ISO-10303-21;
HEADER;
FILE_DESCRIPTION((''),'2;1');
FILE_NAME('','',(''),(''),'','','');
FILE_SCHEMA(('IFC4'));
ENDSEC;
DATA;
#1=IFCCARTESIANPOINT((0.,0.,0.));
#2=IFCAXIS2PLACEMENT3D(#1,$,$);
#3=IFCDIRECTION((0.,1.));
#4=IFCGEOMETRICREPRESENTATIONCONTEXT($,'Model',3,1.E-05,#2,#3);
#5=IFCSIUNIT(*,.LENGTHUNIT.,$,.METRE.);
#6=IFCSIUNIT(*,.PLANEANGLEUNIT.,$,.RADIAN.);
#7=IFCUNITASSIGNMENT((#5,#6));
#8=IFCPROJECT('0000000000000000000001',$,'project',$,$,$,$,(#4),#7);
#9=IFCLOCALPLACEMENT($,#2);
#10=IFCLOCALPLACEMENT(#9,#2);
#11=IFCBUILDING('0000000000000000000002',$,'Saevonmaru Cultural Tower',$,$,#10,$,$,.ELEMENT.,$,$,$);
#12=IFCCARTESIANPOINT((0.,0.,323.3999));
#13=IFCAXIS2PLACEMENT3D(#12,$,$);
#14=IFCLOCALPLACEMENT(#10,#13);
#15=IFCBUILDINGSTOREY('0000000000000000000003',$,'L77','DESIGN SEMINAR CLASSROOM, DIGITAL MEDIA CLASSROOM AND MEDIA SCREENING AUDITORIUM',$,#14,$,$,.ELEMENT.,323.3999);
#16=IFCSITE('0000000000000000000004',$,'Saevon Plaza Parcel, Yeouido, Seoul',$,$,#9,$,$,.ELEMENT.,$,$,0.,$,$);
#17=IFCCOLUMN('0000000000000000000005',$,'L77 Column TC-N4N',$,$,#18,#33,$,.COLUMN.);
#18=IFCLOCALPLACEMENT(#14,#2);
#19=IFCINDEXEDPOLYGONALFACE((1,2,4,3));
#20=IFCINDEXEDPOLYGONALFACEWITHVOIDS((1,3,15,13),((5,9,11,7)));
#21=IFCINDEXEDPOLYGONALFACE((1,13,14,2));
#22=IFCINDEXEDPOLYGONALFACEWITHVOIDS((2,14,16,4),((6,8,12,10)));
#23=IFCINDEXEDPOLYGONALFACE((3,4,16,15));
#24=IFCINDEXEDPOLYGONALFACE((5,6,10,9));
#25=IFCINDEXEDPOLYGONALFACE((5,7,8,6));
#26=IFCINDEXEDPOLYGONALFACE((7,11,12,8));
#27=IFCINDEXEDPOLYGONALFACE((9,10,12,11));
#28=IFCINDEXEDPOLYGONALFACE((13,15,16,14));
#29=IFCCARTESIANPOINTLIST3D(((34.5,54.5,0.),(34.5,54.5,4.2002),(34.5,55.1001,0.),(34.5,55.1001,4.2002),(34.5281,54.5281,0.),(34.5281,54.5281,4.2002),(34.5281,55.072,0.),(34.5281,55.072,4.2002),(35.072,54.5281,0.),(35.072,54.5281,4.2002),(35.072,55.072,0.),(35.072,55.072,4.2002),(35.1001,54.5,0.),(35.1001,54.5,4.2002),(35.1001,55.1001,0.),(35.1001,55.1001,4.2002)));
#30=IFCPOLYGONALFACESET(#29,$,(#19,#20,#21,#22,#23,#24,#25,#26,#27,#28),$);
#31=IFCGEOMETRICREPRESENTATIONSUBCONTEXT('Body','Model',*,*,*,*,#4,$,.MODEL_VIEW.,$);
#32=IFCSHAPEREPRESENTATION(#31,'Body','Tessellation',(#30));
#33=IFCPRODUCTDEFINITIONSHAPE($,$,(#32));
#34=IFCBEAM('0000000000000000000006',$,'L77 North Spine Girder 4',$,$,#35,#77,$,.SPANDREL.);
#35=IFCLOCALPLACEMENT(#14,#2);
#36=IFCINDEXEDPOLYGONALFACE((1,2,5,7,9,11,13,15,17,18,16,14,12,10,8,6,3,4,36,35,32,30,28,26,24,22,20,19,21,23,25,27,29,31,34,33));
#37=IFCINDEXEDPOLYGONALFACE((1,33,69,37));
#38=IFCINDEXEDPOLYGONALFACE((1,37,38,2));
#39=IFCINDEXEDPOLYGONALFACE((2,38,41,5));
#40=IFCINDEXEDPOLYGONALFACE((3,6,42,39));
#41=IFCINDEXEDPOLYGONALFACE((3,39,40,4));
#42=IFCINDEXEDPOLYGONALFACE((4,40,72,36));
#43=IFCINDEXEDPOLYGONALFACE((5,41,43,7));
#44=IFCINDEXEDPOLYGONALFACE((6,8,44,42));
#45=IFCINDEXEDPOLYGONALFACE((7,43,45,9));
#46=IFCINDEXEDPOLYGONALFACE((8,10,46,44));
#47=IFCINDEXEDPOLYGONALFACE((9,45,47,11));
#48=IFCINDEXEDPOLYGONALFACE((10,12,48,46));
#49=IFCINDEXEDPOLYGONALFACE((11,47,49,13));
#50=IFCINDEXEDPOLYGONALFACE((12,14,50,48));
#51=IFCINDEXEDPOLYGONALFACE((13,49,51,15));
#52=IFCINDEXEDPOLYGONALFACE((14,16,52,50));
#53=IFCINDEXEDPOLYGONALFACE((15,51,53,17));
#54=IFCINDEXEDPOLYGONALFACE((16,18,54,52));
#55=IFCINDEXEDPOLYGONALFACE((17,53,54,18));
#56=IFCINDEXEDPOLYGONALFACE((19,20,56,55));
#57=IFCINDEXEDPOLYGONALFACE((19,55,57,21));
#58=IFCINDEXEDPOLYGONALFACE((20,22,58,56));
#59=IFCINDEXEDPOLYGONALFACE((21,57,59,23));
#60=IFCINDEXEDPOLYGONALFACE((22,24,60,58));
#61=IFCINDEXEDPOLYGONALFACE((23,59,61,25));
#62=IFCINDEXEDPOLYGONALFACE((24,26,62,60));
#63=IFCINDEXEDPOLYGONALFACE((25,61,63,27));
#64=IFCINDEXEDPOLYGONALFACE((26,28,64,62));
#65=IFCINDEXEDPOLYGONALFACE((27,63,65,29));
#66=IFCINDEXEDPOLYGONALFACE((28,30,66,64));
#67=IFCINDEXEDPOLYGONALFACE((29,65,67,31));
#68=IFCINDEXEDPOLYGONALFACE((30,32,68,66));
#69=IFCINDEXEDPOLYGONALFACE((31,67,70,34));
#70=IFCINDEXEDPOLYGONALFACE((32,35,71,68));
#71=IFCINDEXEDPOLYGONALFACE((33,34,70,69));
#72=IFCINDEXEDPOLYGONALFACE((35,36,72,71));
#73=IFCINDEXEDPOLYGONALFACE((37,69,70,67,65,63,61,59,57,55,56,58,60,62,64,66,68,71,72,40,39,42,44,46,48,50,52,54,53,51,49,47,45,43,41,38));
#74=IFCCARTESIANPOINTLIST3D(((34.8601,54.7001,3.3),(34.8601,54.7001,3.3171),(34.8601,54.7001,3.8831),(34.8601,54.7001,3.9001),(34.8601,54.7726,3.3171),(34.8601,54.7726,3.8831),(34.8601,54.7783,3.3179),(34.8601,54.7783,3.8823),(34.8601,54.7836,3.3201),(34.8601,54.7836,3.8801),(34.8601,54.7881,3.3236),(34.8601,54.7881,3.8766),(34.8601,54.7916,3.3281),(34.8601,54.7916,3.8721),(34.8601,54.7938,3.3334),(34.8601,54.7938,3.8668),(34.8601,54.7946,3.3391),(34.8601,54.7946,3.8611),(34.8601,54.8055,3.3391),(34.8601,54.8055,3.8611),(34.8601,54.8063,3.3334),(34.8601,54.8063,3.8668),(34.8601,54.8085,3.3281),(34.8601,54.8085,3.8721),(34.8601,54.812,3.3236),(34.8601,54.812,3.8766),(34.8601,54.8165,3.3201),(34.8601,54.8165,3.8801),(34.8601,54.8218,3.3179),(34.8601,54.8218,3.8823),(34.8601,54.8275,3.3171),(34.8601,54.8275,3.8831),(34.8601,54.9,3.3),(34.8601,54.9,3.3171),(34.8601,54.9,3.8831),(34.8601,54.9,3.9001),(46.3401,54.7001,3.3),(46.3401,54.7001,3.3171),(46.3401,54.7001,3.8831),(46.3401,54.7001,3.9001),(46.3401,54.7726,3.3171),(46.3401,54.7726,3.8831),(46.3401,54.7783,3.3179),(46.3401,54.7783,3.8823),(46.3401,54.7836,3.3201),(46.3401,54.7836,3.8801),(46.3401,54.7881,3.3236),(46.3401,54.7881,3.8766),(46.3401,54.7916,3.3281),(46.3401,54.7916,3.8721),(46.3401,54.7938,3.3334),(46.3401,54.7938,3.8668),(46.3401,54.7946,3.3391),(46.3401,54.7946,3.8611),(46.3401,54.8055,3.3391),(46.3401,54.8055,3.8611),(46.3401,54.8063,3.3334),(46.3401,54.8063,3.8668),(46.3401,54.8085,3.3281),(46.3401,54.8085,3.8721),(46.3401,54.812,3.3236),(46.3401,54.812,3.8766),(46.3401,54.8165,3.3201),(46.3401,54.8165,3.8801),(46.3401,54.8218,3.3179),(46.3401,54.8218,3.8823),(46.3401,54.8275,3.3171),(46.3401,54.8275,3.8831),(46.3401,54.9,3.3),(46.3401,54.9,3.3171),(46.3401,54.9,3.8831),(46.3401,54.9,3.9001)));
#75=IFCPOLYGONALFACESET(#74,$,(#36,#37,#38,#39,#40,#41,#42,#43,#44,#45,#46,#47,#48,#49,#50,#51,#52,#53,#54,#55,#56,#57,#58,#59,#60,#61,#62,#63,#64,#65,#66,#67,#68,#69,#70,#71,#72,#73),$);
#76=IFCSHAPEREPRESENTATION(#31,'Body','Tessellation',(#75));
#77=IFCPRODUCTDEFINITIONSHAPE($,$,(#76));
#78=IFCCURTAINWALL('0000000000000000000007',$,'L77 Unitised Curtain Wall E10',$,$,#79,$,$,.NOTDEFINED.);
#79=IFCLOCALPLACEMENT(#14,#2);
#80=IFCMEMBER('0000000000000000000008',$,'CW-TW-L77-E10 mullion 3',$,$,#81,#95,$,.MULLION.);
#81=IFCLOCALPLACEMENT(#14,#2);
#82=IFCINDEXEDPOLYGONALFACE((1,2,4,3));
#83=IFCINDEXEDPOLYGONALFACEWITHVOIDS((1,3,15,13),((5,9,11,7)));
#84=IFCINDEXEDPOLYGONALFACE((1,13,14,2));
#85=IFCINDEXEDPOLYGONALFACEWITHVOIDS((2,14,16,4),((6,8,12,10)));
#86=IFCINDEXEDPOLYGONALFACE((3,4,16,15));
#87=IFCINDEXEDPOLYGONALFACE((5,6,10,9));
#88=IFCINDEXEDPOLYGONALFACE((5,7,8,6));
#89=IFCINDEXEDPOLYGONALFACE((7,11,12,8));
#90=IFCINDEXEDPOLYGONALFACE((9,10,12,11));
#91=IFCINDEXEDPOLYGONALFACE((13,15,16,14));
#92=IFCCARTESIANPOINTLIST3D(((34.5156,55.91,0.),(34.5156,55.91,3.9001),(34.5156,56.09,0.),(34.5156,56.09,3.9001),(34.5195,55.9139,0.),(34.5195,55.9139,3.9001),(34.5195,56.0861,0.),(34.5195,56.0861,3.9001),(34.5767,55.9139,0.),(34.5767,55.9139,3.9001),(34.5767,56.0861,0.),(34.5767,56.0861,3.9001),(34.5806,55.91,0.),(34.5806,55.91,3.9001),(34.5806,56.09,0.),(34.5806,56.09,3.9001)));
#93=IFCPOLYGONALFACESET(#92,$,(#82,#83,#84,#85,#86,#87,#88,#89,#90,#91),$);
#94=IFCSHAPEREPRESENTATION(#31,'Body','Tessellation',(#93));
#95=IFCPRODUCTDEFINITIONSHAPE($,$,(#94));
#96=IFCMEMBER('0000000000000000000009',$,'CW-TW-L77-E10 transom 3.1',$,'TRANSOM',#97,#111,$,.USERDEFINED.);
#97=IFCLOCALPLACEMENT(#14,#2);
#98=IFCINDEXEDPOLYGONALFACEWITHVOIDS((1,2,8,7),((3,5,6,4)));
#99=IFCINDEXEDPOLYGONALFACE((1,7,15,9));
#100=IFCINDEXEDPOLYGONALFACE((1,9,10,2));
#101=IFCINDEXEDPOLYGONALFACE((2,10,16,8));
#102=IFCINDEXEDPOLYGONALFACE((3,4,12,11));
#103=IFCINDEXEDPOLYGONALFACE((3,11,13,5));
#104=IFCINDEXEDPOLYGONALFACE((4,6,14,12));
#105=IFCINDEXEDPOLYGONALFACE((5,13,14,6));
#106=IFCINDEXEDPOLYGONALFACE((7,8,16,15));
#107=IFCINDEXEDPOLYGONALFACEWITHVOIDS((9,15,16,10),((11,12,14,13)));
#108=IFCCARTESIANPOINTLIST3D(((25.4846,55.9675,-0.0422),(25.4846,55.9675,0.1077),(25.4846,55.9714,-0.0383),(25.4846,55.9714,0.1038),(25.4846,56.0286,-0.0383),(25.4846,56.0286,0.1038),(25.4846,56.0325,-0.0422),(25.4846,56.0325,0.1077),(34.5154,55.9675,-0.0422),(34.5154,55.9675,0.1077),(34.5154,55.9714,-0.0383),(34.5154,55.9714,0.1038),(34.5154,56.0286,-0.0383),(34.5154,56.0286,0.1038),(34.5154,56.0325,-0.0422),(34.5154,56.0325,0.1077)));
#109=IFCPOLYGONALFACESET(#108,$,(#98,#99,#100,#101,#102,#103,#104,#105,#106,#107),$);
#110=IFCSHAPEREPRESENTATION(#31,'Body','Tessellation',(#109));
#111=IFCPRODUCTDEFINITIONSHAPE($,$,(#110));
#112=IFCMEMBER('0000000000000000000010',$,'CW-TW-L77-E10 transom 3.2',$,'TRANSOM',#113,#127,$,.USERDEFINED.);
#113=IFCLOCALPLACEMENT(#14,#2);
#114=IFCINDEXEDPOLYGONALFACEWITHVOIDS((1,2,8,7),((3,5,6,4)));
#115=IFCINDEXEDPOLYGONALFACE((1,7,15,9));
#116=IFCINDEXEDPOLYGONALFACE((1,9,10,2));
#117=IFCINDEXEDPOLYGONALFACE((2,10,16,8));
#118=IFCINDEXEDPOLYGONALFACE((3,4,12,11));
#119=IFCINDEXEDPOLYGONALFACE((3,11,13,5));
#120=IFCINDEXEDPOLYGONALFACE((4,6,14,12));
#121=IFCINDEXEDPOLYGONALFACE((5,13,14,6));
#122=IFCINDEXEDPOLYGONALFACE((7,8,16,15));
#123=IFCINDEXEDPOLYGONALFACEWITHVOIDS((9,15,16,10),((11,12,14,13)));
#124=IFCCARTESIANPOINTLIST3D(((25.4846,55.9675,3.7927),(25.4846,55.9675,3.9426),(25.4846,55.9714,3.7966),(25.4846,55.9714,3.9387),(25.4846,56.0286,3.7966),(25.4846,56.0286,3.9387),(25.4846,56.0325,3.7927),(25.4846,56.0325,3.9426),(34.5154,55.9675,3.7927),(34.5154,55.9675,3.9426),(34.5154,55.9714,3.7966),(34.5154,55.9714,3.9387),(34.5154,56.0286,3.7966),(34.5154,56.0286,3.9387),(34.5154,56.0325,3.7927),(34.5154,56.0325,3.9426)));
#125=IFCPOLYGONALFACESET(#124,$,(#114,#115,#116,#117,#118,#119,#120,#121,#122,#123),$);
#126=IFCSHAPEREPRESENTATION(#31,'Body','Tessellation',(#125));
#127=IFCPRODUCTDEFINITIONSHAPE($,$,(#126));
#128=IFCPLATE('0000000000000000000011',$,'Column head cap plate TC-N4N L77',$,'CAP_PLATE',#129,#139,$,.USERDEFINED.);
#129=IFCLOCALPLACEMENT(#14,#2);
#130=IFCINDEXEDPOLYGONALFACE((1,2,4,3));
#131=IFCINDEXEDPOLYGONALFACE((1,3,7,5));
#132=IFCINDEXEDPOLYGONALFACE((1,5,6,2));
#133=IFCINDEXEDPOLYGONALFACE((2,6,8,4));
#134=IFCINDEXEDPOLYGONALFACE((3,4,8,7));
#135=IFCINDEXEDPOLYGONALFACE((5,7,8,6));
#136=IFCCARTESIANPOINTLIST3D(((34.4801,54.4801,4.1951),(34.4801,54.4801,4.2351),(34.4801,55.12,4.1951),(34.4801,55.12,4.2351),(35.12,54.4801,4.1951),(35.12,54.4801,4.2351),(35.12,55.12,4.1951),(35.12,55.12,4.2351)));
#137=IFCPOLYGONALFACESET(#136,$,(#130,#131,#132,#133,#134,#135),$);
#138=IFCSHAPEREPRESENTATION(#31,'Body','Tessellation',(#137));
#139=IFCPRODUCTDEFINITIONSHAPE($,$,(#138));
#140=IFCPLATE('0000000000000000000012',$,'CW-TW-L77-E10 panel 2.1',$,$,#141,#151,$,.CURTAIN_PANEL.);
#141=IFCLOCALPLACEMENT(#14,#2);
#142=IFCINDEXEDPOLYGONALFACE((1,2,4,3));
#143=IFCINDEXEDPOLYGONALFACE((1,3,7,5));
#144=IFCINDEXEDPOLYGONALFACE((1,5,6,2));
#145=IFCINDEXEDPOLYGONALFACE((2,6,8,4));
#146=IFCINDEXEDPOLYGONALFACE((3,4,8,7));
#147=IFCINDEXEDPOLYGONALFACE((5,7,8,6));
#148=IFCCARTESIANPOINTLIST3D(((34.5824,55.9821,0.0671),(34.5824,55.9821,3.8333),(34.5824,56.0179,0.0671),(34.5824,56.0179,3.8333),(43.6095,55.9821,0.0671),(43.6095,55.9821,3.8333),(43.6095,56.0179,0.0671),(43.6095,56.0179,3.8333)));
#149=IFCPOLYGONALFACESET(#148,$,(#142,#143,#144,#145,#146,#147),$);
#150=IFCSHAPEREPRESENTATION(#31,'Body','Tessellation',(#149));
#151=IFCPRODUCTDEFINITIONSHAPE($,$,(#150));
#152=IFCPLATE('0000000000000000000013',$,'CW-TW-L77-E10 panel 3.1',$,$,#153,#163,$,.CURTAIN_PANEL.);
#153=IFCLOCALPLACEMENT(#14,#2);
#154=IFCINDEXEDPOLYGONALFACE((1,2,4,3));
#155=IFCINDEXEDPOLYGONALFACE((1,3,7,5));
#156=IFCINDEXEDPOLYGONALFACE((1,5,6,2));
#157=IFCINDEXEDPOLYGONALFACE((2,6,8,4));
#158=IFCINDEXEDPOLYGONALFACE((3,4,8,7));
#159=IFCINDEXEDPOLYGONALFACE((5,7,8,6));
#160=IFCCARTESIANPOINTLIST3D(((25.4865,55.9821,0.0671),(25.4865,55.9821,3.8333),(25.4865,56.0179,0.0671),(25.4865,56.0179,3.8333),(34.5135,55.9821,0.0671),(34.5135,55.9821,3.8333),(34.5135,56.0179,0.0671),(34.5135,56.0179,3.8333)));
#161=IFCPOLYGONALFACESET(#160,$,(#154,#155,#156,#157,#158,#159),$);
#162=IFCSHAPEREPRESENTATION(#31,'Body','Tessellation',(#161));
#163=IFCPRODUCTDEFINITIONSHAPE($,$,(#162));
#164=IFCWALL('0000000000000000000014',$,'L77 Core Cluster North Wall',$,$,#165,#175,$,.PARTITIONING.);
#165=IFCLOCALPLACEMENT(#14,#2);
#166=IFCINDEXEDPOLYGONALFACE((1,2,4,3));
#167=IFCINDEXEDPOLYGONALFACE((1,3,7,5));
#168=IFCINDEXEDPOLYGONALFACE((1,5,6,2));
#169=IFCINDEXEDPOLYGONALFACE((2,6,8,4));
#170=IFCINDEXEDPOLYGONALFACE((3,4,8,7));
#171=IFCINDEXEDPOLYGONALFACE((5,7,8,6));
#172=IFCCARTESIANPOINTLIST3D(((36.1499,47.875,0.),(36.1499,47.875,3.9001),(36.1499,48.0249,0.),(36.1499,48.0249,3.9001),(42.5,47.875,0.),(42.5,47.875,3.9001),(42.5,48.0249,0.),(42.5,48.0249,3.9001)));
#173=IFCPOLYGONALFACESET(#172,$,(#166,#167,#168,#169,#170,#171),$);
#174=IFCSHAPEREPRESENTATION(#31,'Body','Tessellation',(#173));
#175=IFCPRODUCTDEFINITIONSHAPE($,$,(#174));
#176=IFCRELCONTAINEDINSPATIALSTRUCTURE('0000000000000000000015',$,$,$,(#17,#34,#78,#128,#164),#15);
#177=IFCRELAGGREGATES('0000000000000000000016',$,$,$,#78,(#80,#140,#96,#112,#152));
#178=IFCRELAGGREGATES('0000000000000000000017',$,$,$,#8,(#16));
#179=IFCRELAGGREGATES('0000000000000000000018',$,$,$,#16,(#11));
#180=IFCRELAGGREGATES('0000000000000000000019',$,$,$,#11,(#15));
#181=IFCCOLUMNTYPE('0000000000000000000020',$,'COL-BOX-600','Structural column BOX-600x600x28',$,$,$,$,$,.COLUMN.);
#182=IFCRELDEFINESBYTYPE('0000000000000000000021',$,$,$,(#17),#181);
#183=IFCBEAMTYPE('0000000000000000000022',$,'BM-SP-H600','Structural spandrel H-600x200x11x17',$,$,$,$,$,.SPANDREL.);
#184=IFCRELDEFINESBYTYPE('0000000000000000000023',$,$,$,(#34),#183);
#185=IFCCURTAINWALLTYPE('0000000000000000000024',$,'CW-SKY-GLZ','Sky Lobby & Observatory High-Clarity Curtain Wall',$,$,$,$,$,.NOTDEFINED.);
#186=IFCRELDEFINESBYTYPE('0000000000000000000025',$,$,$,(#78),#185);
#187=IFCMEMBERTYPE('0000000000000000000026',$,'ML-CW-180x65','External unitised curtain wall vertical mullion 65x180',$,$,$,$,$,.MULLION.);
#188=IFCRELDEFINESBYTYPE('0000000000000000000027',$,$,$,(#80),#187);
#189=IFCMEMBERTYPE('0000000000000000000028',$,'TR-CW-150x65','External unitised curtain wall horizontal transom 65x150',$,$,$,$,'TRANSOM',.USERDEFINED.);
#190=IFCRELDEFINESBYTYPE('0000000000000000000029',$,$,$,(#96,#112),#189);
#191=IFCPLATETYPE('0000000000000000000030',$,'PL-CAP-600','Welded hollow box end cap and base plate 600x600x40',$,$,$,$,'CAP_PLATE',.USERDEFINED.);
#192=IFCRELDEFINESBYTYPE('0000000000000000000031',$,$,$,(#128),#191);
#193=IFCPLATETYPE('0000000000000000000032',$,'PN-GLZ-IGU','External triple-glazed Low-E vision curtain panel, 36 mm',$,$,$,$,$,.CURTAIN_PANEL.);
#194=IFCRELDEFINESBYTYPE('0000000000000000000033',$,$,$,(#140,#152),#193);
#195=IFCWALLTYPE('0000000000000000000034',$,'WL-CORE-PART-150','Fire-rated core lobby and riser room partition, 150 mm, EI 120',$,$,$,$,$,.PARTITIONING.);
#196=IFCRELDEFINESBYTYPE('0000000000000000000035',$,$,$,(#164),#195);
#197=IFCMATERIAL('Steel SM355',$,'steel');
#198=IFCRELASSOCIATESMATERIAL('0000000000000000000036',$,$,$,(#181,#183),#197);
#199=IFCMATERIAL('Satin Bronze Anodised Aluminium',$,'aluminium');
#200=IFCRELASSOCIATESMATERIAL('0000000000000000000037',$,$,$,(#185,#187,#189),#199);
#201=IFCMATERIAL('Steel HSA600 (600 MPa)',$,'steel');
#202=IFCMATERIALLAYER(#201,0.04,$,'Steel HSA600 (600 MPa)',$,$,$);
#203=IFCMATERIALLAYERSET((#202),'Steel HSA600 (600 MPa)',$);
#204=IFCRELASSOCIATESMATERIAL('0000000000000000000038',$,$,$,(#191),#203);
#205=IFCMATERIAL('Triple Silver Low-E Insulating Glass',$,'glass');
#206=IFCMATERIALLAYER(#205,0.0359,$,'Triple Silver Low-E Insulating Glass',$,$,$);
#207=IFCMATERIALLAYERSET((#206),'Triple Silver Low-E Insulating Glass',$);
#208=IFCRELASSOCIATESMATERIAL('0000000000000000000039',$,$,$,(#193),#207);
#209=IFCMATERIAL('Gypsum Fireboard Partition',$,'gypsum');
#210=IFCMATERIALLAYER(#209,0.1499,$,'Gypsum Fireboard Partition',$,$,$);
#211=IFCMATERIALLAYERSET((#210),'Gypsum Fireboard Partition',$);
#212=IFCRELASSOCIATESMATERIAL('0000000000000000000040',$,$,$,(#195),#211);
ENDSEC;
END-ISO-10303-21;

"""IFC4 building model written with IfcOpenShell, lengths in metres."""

from ifc_helpers import new_model, si_unit, direction, frame, frame_2d, origin, origin_2d, place, context, subcontext, project, spatial, rectangle, hollow_rectangle, i_section, extrude, material, layer, layer_set, material_profile, profile_set, type_object, element, aggregate, save


model = new_model("IFC4")

# Units and contexts
model_context = context("Model", 3, precision=1e-05, world=origin(), true_north=direction((0.0, 1.0)))
body_context = subcontext(model_context, "Body", "Model", "MODEL_VIEW")
ifc_project = project(units=[si_unit("LENGTHUNIT", "METRE"), si_unit("PLANEANGLEUNIT", "RADIAN")], contexts=[model_context])

# Site, building, storey
site_placement = place(None, origin())
site = spatial("IfcSite", under=ifc_project, at=site_placement, Name="Saevon Plaza Parcel, Yeouido, Seoul", CompositionType="ELEMENT", RefElevation=0.0)
building_placement = place(site_placement, origin())
building = spatial("IfcBuilding", under=site, at=building_placement, Name="Saevonmaru Cultural Tower", CompositionType="ELEMENT")
storey_placement = place(building_placement, frame((0.0, 0.0, 323.3999)))
storey = spatial("IfcBuildingStorey", under=building, at=storey_placement, Name="L77", Description="DESIGN SEMINAR CLASSROOM, DIGITAL MEDIA CLASSROOM AND MEDIA SCREENING AUDITORIUM", CompositionType="ELEMENT", Elevation=323.3999)

# Column
ifc_material_1 = material(Name="Steel SM355", Category="steel")
ifc_material_profile_1 = material_profile(ifc_material_1, hollow_rectangle(XDim=0.6001, YDim=0.6001, WallThickness=0.0281, at=origin_2d()), Name="BOX-600x600x28")
ifc_profile_set_1 = profile_set([ifc_material_profile_1], Name="Steel SM355")
column_type = type_object("IfcColumnType", Name="COL-BOX-600", Description="Structural column BOX-600x600x28", PredefinedType="COLUMN", material=ifc_profile_set_1)
column_placement = place(storey_placement, frame((34.8, 54.8, 0.0), z_axis=(0.0, 0.0, 1.0), x_axis=(1.0, 0.0, 0.0)))
element("IfcColumn", 1, at=column_placement, inside=storey, type_object=column_type, Name="L77 Column TC-N4N", PredefinedType="COLUMN", context=body_context, shape_type="SweptSolid", body=[
    extrude(hollow_rectangle(XDim=0.6001, YDim=0.6001, WallThickness=0.0281, at=origin_2d()), origin(), (0.0, 0.0, 1.0), 4.2002),
])

# Beam
ifc_material_profile_2 = material_profile(ifc_material_1, i_section(OverallWidth=0.2, OverallDepth=0.6001, WebThickness=0.011, FlangeThickness=0.0171, FilletRadius=0.022, at=origin_2d()), Name="H-600x200x11x17")
ifc_profile_set_2 = profile_set([ifc_material_profile_2], Name="Steel SM355")
beam_type = type_object("IfcBeamType", Name="BM-SP-H600", Description="Structural spandrel H-600x200x11x17", PredefinedType="SPANDREL", material=ifc_profile_set_2)
beam_placement = place(storey_placement, frame((34.8601, 54.8, 3.6001), z_axis=(1.0, 0.0, 0.0), x_axis=(0.0, 1.0, 0.0)))
element("IfcBeam", 2, at=beam_placement, inside=storey, type_object=beam_type, Name="L77 North Spine Girder 4", PredefinedType="SPANDREL", context=body_context, shape_type="SweptSolid", body=[
    extrude(i_section(OverallWidth=0.2, OverallDepth=0.6001, WebThickness=0.011, FlangeThickness=0.0171, FilletRadius=0.022, at=origin_2d()), origin(), (0.0, 0.0, 1.0), 11.48),
])

# Curtain wall, members
ifc_material_2 = material(Name="Satin Bronze Anodised Aluminium", Category="aluminium")
curtain_wall_type = type_object("IfcCurtainWallType", Name="CW-SKY-GLZ", Description="Sky Lobby & Observatory High-Clarity Curtain Wall", PredefinedType="NOTDEFINED", material=ifc_material_2)
curtain_wall_placement = place(storey_placement, origin())
curtain_wall = element("IfcCurtainWall", 3, at=curtain_wall_placement, inside=storey, type_object=curtain_wall_type, Name="L77 Unitised Curtain Wall E10", PredefinedType="NOTDEFINED")
ifc_material_profile_3 = material_profile(ifc_material_2, hollow_rectangle(XDim=0.0649, YDim=0.1799, WallThickness=0.0039, at=origin_2d()), Name="ALU-MULL-180x65x4")
ifc_profile_set_3 = profile_set([ifc_material_profile_3], Name="Satin Bronze Anodised Aluminium")
member_type_1 = type_object("IfcMemberType", Name="ML-CW-180x65", Description="External unitised curtain wall vertical mullion 65x180", PredefinedType="MULLION", material=ifc_profile_set_3)
member_1_placement = place(storey_placement, frame((34.5481, 56.0, 0.0), z_axis=(0.0, 0.0, 1.0), x_axis=(-1.0, 0.0, 0.0)))
member_1 = element("IfcMember", 4, at=member_1_placement, type_object=member_type_1, Name="CW-TW-L77-E10 mullion 3", PredefinedType="MULLION", context=body_context, shape_type="SweptSolid", body=[
    extrude(hollow_rectangle(XDim=0.0649, YDim=0.1799, WallThickness=0.0039, at=origin_2d()), origin(), (0.0, 0.0, 1.0), 3.9001),
])
ifc_material_profile_4 = material_profile(ifc_material_2, hollow_rectangle(XDim=0.0649, YDim=0.1499, WallThickness=0.0039, at=origin_2d()), Name="ALU-TRAN-150x65x4")
ifc_profile_set_4 = profile_set([ifc_material_profile_4], Name="Satin Bronze Anodised Aluminium")
member_type_2 = type_object("IfcMemberType", Name="TR-CW-150x65", Description="External unitised curtain wall horizontal transom 65x150", ElementType="TRANSOM", PredefinedType="USERDEFINED", material=ifc_profile_set_4)
member_2_placement = place(storey_placement, frame((34.5154, 56.0, 0.0327), z_axis=(-1.0, 0.0, 0.0), x_axis=(0.0, -1.0, 0.0)))
member_2 = element("IfcMember", 5, at=member_2_placement, type_object=member_type_2, Name="CW-TW-L77-E10 transom 3.1", ObjectType="TRANSOM", PredefinedType="USERDEFINED", context=body_context, shape_type="SweptSolid", body=[
    extrude(hollow_rectangle(XDim=0.0649, YDim=0.1499, WallThickness=0.0039, at=origin_2d()), origin(), (0.0, 0.0, 1.0), 9.0308),
])
member_3_placement = place(storey_placement, frame((34.5154, 56.0, 3.8677), z_axis=(-1.0, 0.0, 0.0), x_axis=(0.0, -1.0, 0.0)))
member_3 = element("IfcMember", 6, at=member_3_placement, type_object=member_type_2, Name="CW-TW-L77-E10 transom 3.2", ObjectType="TRANSOM", PredefinedType="USERDEFINED", context=body_context, shape_type="SweptSolid", body=[
    extrude(hollow_rectangle(XDim=0.0649, YDim=0.1499, WallThickness=0.0039, at=origin_2d()), origin(), (0.0, 0.0, 1.0), 9.0308),
])

# Plates
ifc_material_3 = material(Name="Steel HSA600 (600 MPa)", Category="steel")
ifc_layer_1 = layer(ifc_material_3, 0.04, Name="Steel HSA600 (600 MPa)")
ifc_layer_set_1 = layer_set([ifc_layer_1], Name="Steel HSA600 (600 MPa)")
plate_type_1 = type_object("IfcPlateType", Name="PL-CAP-600", Description="Welded hollow box end cap and base plate 600x600x40", ElementType="CAP_PLATE", PredefinedType="USERDEFINED", material=ifc_layer_set_1)
plate_1_placement = place(storey_placement, frame((34.8, 54.8, 4.1951), z_axis=(0.0, 0.0, 1.0), x_axis=(1.0, 0.0, 0.0)))
element("IfcPlate", 7, at=plate_1_placement, inside=storey, type_object=plate_type_1, Name="Column head cap plate TC-N4N L77", ObjectType="CAP_PLATE", PredefinedType="USERDEFINED", context=body_context, shape_type="SweptSolid", body=[
    extrude(rectangle(XDim=0.6399, YDim=0.6399, at=origin_2d()), origin(), (0.0, 0.0, 1.0), 0.04),
])
ifc_material_4 = material(Name="Triple Silver Low-E Insulating Glass", Category="glass")
ifc_layer_2 = layer(ifc_material_4, 0.0359, Name="Triple Silver Low-E Insulating Glass")
ifc_layer_set_2 = layer_set([ifc_layer_2], Name="Triple Silver Low-E Insulating Glass")
plate_type_2 = type_object("IfcPlateType", Name="PN-GLZ-IGU", Description="External triple-glazed Low-E vision curtain panel, 36 mm", PredefinedType="CURTAIN_PANEL", material=ifc_layer_set_2)
plate_2_placement = place(storey_placement, frame((39.0959, 56.0, 0.0671), z_axis=(0.0, 0.0, 1.0), x_axis=(-1.0, 0.0, 0.0)))
plate_2 = element("IfcPlate", 8, at=plate_2_placement, type_object=plate_type_2, Name="CW-TW-L77-E10 panel 2.1", PredefinedType="CURTAIN_PANEL", context=body_context, shape_type="SweptSolid", body=[
    extrude(rectangle(XDim=9.0271, YDim=0.0359, at=origin_2d()), origin(), (0.0, 0.0, 1.0), 3.7661),
])
plate_3_placement = place(storey_placement, frame((30.0, 56.0, 0.0671), z_axis=(0.0, 0.0, 1.0), x_axis=(-1.0, 0.0, 0.0)))
plate_3 = element("IfcPlate", 9, at=plate_3_placement, type_object=plate_type_2, Name="CW-TW-L77-E10 panel 3.1", PredefinedType="CURTAIN_PANEL", context=body_context, shape_type="SweptSolid", body=[
    extrude(rectangle(XDim=9.0271, YDim=0.0359, at=origin_2d()), origin(), (0.0, 0.0, 1.0), 3.7661),
])
aggregate(curtain_wall, [member_1, plate_2, member_2, member_3, plate_3])

# Shared definitions
ifc_material_5 = material(Name="Gypsum Fireboard Partition", Category="gypsum")
ifc_layer_3 = layer(ifc_material_5, 0.1499, Name="Gypsum Fireboard Partition")
ifc_layer_set_3 = layer_set([ifc_layer_3], Name="Gypsum Fireboard Partition")
wall_type_1 = type_object("IfcWallType", Name="WL-CORE-PART-150", Description="Fire-rated core lobby and riser room partition, 150 mm, EI 120", PredefinedType="PARTITIONING", material=ifc_layer_set_3)

# Wall
wall_1_placement = place(storey_placement, frame((36.1499, 47.95, 0.0), z_axis=(0.0, 0.0, 1.0), x_axis=(1.0, 0.0, 0.0)))
element("IfcWall", 10, at=wall_1_placement, inside=storey, type_object=wall_type_1, Name="L77 Core Cluster North Wall", PredefinedType="PARTITIONING", context=body_context, shape_type="SweptSolid", body=[
    extrude(rectangle(XDim=6.3501, YDim=0.1499, at=frame_2d((3.175, 0.0))), origin(), (0.0, 0.0, 1.0), 3.9001),
])

save(model, "model.ifc")
